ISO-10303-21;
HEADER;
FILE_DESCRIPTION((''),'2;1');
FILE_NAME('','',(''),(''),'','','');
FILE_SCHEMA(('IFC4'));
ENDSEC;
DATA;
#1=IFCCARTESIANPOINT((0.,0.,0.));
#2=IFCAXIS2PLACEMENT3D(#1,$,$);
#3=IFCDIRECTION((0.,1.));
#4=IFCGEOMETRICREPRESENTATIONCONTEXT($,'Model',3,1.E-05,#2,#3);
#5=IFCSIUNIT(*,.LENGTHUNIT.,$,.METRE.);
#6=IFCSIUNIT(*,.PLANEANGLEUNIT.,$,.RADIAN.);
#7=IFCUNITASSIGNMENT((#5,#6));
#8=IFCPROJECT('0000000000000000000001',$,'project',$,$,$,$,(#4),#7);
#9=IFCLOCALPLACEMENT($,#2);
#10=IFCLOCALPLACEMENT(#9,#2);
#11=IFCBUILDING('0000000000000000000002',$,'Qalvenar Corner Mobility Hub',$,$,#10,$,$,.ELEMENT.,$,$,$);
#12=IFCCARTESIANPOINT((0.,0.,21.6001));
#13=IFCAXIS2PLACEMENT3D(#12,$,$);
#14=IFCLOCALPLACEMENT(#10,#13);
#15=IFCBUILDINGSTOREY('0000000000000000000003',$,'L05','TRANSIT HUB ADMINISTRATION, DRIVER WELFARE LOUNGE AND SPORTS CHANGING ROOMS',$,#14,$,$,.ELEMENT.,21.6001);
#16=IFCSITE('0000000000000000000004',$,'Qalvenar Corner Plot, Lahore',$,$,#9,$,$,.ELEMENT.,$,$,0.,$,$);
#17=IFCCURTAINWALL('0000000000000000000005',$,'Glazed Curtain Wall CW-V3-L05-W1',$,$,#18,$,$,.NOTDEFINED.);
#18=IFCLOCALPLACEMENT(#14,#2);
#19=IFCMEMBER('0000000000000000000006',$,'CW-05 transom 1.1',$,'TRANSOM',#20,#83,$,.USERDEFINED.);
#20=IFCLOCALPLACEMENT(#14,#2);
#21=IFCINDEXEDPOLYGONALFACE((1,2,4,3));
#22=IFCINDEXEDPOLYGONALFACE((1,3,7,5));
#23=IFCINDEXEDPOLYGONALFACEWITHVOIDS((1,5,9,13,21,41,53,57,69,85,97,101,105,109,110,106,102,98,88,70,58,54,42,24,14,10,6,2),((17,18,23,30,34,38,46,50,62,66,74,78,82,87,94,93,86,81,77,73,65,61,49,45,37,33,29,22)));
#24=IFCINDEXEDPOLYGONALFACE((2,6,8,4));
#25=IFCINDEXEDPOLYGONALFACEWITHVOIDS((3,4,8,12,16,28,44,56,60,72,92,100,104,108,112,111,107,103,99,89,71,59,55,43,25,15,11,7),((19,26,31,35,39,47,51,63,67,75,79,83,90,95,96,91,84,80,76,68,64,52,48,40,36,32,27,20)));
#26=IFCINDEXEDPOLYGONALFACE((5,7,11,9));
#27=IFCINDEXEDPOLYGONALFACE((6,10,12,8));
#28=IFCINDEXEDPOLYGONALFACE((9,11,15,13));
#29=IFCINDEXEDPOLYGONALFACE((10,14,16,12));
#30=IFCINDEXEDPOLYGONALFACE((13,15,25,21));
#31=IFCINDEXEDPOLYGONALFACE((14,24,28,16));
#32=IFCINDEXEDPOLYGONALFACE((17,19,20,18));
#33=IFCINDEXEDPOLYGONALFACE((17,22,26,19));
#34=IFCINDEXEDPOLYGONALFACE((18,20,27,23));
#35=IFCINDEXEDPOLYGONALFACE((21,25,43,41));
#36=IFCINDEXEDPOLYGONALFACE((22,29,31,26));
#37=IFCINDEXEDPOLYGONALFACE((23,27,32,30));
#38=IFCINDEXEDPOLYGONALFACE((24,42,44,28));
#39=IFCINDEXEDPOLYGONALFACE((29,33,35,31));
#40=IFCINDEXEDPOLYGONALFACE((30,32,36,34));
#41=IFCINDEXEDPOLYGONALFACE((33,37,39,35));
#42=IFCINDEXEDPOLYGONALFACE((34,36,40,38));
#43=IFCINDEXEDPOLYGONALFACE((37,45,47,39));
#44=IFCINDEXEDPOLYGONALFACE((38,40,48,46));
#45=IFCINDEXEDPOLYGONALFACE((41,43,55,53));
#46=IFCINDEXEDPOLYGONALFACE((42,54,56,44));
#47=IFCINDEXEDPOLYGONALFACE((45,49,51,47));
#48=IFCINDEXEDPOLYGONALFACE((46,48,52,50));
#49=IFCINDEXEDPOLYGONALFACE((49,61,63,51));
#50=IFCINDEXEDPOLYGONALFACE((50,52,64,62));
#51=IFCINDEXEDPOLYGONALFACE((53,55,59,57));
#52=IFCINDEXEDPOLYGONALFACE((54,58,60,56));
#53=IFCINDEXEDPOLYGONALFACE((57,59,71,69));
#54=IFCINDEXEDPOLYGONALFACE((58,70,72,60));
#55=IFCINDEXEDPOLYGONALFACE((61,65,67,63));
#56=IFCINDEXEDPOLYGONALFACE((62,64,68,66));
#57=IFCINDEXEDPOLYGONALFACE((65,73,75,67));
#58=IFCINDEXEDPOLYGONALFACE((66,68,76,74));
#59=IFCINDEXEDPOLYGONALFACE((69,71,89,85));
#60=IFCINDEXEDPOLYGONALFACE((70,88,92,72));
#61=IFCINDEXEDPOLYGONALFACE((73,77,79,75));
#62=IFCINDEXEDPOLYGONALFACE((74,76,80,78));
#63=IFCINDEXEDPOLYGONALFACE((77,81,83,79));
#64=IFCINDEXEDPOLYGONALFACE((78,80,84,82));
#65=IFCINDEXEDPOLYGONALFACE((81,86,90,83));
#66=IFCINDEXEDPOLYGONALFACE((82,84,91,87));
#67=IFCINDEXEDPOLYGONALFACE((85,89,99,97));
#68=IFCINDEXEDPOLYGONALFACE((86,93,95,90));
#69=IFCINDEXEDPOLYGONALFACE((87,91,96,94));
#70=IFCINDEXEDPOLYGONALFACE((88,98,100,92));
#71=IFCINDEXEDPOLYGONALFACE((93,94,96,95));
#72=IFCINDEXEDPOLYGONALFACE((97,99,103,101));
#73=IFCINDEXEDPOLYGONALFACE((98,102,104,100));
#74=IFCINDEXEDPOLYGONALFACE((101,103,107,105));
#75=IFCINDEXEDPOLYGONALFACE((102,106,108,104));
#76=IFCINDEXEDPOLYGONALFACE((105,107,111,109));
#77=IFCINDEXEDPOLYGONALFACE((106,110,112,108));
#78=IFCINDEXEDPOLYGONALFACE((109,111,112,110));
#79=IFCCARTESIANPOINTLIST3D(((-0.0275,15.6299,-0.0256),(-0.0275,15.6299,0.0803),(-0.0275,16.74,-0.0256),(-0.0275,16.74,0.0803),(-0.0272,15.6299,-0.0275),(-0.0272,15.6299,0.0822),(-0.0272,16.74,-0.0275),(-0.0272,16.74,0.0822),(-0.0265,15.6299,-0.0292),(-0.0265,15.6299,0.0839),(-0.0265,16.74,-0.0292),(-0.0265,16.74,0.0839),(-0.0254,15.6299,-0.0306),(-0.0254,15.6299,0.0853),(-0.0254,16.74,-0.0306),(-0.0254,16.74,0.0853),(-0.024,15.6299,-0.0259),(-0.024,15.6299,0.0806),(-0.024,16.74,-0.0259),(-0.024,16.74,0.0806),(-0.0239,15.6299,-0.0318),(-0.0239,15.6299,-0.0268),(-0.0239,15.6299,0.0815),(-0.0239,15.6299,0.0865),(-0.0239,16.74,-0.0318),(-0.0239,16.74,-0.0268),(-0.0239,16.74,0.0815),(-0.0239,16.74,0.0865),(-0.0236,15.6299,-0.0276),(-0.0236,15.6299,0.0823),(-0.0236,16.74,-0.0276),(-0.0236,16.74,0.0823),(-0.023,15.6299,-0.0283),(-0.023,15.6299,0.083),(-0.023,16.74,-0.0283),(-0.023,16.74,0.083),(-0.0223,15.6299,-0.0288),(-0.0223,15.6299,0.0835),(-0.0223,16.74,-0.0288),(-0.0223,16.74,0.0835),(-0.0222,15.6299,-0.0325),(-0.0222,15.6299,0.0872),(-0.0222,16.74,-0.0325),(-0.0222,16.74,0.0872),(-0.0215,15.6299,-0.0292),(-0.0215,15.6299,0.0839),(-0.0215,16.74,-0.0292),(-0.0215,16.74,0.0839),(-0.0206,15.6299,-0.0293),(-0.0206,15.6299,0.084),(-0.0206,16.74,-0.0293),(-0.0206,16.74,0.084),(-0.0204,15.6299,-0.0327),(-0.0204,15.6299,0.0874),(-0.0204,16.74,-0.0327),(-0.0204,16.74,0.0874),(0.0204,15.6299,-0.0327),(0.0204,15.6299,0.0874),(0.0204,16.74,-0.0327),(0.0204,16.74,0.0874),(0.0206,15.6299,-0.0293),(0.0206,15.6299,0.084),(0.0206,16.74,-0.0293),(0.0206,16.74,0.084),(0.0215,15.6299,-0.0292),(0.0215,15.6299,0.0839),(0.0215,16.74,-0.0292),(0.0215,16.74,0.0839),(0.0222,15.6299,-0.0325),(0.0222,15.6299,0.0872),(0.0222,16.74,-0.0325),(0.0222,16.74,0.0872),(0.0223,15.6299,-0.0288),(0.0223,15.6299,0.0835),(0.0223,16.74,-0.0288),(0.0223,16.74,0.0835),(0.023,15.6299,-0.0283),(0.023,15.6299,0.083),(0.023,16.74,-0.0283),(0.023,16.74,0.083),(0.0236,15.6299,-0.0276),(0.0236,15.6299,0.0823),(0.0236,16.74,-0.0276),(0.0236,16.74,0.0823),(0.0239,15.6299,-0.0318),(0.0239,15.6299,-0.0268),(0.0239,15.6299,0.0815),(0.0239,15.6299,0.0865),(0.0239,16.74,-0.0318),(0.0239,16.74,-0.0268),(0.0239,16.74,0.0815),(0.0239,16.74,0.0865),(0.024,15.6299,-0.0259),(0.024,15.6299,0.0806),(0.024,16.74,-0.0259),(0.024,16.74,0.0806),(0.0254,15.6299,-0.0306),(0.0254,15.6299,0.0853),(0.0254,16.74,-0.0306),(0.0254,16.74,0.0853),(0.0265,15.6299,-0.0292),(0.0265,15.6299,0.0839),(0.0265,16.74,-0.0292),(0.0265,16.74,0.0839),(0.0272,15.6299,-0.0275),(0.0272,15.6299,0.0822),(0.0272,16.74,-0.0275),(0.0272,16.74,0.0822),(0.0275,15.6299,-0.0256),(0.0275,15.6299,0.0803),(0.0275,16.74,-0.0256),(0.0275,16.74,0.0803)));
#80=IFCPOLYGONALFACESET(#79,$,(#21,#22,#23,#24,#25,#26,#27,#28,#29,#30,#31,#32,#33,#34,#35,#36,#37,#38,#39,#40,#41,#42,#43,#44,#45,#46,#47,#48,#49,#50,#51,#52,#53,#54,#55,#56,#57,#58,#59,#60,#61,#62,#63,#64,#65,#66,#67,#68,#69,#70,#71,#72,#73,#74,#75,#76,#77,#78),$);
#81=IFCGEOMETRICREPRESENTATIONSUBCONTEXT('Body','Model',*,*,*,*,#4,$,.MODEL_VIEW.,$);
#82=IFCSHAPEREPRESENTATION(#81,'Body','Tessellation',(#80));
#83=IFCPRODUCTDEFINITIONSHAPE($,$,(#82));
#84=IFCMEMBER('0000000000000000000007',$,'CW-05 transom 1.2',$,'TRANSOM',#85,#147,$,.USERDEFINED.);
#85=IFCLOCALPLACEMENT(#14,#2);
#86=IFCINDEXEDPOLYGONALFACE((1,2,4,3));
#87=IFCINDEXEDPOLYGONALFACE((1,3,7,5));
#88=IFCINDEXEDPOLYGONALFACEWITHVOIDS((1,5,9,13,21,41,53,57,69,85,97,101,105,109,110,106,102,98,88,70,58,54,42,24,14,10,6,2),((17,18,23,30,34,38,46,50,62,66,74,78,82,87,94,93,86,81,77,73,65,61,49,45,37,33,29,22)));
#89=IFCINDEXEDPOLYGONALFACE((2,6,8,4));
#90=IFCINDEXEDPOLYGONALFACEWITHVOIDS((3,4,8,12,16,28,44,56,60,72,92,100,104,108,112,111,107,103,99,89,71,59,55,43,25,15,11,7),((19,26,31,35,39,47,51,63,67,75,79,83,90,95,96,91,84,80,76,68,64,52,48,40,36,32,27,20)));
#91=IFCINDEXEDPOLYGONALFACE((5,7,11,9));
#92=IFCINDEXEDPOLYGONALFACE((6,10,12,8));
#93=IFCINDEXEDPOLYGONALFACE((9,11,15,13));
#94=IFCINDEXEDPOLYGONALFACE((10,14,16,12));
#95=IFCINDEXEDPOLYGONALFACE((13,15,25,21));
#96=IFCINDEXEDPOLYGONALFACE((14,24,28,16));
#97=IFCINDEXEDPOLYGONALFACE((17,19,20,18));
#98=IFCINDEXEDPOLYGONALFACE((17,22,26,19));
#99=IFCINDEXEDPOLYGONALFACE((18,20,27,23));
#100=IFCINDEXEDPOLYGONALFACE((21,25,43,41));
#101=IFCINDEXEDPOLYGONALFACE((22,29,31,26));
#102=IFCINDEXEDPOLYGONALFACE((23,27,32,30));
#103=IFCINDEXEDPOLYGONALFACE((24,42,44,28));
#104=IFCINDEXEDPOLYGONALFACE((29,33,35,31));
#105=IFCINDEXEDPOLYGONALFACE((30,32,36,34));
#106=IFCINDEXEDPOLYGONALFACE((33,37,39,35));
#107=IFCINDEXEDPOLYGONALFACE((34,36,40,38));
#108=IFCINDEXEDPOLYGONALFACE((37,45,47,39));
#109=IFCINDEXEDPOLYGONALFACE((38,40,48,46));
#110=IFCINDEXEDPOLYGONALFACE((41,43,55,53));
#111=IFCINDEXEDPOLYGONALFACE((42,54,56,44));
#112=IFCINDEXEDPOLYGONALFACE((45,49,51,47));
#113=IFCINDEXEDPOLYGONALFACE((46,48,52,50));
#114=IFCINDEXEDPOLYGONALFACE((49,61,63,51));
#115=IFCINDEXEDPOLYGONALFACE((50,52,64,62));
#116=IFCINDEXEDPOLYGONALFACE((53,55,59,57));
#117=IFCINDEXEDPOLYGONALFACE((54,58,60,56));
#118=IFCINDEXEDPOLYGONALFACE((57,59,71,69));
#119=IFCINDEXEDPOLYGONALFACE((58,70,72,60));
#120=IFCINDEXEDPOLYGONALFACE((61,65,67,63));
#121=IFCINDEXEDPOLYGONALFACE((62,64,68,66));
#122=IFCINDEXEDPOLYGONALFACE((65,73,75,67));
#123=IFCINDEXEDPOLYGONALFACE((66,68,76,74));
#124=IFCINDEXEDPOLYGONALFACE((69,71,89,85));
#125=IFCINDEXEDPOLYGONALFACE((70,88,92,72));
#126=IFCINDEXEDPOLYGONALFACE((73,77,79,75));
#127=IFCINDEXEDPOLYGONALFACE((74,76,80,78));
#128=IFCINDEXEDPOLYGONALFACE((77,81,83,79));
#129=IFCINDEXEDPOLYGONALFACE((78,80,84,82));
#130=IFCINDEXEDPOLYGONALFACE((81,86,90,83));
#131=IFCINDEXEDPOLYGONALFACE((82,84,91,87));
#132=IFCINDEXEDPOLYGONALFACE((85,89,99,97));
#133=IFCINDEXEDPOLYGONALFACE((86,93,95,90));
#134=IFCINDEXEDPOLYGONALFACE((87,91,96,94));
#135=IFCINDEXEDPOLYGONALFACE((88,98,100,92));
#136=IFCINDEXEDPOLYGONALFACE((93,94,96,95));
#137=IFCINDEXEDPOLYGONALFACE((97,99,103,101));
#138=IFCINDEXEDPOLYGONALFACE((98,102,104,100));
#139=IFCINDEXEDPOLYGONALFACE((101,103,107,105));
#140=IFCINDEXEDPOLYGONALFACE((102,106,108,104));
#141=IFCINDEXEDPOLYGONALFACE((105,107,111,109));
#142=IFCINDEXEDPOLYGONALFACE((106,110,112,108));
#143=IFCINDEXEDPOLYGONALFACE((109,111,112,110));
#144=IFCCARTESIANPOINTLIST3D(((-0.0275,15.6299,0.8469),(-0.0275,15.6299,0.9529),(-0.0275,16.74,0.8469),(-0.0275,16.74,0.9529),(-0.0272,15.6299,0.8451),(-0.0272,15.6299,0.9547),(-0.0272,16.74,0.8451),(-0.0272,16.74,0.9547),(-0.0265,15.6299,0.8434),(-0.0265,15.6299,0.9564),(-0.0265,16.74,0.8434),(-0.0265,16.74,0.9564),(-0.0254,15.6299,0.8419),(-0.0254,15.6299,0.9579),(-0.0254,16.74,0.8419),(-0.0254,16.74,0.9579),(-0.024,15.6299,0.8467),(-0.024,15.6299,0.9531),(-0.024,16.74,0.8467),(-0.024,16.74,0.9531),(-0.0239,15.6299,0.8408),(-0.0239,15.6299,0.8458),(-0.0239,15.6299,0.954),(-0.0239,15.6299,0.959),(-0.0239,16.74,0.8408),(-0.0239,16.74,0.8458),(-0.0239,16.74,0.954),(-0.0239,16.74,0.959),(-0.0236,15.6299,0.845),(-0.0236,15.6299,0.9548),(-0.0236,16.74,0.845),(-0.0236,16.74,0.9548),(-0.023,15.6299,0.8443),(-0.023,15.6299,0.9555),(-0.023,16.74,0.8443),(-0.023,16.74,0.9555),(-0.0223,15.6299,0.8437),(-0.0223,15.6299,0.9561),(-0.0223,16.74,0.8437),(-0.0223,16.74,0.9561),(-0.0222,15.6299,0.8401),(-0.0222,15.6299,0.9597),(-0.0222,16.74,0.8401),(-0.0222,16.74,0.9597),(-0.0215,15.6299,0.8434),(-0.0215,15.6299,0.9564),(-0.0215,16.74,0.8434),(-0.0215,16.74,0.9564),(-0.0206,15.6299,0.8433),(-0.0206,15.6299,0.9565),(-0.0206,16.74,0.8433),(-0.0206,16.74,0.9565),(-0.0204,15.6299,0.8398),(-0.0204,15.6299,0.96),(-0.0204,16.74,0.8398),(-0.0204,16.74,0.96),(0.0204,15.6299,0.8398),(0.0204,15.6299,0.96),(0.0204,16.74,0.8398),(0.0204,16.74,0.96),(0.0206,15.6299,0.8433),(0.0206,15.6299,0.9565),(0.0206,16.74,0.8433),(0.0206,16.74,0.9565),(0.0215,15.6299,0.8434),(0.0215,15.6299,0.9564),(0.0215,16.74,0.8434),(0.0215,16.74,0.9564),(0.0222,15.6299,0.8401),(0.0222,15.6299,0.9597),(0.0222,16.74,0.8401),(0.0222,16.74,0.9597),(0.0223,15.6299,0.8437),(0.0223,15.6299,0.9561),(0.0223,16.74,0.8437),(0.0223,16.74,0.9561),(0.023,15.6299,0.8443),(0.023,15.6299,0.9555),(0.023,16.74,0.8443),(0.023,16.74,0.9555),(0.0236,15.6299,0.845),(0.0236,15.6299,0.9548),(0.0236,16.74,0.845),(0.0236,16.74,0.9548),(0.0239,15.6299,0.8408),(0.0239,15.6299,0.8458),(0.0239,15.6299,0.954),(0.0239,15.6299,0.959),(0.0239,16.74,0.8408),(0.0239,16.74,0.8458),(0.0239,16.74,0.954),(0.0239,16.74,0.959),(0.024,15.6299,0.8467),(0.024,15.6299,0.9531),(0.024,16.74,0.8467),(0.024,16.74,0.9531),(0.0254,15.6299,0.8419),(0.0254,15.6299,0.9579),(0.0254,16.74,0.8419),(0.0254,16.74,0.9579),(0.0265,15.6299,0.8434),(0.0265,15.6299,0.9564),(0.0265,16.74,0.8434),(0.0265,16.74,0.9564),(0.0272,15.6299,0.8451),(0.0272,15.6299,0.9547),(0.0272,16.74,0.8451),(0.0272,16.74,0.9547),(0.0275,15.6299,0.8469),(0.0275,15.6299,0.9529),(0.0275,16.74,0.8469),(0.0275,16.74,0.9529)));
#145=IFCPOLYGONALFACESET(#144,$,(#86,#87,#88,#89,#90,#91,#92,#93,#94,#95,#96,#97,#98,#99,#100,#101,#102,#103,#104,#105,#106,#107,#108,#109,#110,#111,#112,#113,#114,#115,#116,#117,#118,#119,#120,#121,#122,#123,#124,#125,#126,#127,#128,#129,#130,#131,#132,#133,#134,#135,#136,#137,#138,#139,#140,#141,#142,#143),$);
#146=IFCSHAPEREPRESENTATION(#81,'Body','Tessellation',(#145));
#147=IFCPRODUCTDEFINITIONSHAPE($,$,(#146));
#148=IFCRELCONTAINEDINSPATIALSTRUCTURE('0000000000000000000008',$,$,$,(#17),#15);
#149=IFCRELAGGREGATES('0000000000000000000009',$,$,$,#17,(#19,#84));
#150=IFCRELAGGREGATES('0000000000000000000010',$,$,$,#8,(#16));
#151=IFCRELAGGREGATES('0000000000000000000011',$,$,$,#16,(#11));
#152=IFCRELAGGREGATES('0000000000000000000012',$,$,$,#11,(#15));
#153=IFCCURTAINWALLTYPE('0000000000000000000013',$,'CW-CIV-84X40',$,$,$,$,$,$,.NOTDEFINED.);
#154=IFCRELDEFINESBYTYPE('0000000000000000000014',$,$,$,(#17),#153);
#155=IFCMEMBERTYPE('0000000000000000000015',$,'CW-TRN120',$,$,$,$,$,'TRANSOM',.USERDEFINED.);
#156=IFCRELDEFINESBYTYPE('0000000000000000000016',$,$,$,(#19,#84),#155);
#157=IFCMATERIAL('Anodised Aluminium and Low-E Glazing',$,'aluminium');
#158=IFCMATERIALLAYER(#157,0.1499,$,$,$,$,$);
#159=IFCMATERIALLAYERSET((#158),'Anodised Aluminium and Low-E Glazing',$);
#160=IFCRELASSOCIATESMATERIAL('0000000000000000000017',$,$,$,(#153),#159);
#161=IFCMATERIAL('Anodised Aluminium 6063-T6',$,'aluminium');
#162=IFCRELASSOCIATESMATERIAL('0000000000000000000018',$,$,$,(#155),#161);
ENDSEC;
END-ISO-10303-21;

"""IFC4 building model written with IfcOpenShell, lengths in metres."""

from ifc_helpers import new_model, si_unit, direction, frame, origin, origin_2d, place, context, subcontext, project, spatial, hollow_rectangle, extrude, material, layer, layer_set, material_profile, profile_set, type_object, element, aggregate, save


model = new_model("IFC4")

# Units and contexts
model_context = context("Model", 3, precision=1e-05, world=origin(), true_north=direction((0.0, 1.0)))
body_context = subcontext(model_context, "Body", "Model", "MODEL_VIEW")
ifc_project = project(units=[si_unit("LENGTHUNIT", "METRE"), si_unit("PLANEANGLEUNIT", "RADIAN")], contexts=[model_context])

# Site, building, storey
site_placement = place(None, origin())
site = spatial("IfcSite", under=ifc_project, at=site_placement, Name="Qalvenar Corner Plot, Lahore", CompositionType="ELEMENT", RefElevation=0.0)
building_placement = place(site_placement, origin())
building = spatial("IfcBuilding", under=site, at=building_placement, Name="Qalvenar Corner Mobility Hub", CompositionType="ELEMENT")
storey_placement = place(building_placement, frame((0.0, 0.0, 21.6001)))
storey = spatial("IfcBuildingStorey", under=building, at=storey_placement, Name="L05", Description="TRANSIT HUB ADMINISTRATION, DRIVER WELFARE LOUNGE AND SPORTS CHANGING ROOMS", CompositionType="ELEMENT", Elevation=21.6001)

# Curtain wall
ifc_material_1 = material(Name="Anodised Aluminium and Low-E Glazing", Category="aluminium")
ifc_layer_1 = layer(ifc_material_1, 0.1499)
ifc_layer_set_1 = layer_set([ifc_layer_1], Name="Anodised Aluminium and Low-E Glazing")
curtain_wall_type = type_object("IfcCurtainWallType", Name="CW-CIV-84X40", PredefinedType="NOTDEFINED", material=ifc_layer_set_1)
curtain_wall_1_placement = place(storey_placement, origin())
curtain_wall_1 = element("IfcCurtainWall", 1, at=curtain_wall_1_placement, inside=storey, type_object=curtain_wall_type, Name="Glazed Curtain Wall CW-V3-L05-W1", PredefinedType="NOTDEFINED")
ifc_material_2 = material(Name="Anodised Aluminium 6063-T6", Category="aluminium")

# Members
ifc_material_profile_1 = material_profile(ifc_material_2, hollow_rectangle(XDim=0.0549, YDim=0.1201, WallThickness=0.0034, InnerFilletRadius=0.0034, OuterFilletRadius=0.0071, at=origin_2d()), Name="RHS120x55x3.5")
ifc_profile_set_1 = profile_set([ifc_material_profile_1], Name="Anodised Aluminium 6063-T6")
member_type_1 = type_object("IfcMemberType", Name="CW-TRN120", ElementType="TRANSOM", PredefinedType="USERDEFINED", material=ifc_profile_set_1)
member_1_placement = place(storey_placement, frame((0.0, 16.74, 0.0273), z_axis=(0.0, -1.0, 0.0), x_axis=(1.0, 0.0, 0.0)))
member_1 = element("IfcMember", 2, at=member_1_placement, type_object=member_type_1, Name="CW-05 transom 1.1", ObjectType="TRANSOM", PredefinedType="USERDEFINED", context=body_context, shape_type="SweptSolid", body=[
    extrude(hollow_rectangle(XDim=0.0549, YDim=0.1201, WallThickness=0.0034, InnerFilletRadius=0.0034, OuterFilletRadius=0.0071, at=origin_2d()), origin(), (0.0, 0.0, 1.0), 1.1101),
])
member_2_placement = place(storey_placement, frame((0.0, 16.74, 0.8999), z_axis=(0.0, -1.0, 0.0), x_axis=(1.0, 0.0, 0.0)))
member_2 = element("IfcMember", 3, at=member_2_placement, type_object=member_type_1, Name="CW-05 transom 1.2", ObjectType="TRANSOM", PredefinedType="USERDEFINED", context=body_context, shape_type="SweptSolid", body=[
    extrude(hollow_rectangle(XDim=0.0549, YDim=0.1201, WallThickness=0.0034, InnerFilletRadius=0.0034, OuterFilletRadius=0.0071, at=origin_2d()), origin(), (0.0, 0.0, 1.0), 1.1101),
])

aggregate(curtain_wall_1, [member_1, member_2])

save(model, "model.ifc")
